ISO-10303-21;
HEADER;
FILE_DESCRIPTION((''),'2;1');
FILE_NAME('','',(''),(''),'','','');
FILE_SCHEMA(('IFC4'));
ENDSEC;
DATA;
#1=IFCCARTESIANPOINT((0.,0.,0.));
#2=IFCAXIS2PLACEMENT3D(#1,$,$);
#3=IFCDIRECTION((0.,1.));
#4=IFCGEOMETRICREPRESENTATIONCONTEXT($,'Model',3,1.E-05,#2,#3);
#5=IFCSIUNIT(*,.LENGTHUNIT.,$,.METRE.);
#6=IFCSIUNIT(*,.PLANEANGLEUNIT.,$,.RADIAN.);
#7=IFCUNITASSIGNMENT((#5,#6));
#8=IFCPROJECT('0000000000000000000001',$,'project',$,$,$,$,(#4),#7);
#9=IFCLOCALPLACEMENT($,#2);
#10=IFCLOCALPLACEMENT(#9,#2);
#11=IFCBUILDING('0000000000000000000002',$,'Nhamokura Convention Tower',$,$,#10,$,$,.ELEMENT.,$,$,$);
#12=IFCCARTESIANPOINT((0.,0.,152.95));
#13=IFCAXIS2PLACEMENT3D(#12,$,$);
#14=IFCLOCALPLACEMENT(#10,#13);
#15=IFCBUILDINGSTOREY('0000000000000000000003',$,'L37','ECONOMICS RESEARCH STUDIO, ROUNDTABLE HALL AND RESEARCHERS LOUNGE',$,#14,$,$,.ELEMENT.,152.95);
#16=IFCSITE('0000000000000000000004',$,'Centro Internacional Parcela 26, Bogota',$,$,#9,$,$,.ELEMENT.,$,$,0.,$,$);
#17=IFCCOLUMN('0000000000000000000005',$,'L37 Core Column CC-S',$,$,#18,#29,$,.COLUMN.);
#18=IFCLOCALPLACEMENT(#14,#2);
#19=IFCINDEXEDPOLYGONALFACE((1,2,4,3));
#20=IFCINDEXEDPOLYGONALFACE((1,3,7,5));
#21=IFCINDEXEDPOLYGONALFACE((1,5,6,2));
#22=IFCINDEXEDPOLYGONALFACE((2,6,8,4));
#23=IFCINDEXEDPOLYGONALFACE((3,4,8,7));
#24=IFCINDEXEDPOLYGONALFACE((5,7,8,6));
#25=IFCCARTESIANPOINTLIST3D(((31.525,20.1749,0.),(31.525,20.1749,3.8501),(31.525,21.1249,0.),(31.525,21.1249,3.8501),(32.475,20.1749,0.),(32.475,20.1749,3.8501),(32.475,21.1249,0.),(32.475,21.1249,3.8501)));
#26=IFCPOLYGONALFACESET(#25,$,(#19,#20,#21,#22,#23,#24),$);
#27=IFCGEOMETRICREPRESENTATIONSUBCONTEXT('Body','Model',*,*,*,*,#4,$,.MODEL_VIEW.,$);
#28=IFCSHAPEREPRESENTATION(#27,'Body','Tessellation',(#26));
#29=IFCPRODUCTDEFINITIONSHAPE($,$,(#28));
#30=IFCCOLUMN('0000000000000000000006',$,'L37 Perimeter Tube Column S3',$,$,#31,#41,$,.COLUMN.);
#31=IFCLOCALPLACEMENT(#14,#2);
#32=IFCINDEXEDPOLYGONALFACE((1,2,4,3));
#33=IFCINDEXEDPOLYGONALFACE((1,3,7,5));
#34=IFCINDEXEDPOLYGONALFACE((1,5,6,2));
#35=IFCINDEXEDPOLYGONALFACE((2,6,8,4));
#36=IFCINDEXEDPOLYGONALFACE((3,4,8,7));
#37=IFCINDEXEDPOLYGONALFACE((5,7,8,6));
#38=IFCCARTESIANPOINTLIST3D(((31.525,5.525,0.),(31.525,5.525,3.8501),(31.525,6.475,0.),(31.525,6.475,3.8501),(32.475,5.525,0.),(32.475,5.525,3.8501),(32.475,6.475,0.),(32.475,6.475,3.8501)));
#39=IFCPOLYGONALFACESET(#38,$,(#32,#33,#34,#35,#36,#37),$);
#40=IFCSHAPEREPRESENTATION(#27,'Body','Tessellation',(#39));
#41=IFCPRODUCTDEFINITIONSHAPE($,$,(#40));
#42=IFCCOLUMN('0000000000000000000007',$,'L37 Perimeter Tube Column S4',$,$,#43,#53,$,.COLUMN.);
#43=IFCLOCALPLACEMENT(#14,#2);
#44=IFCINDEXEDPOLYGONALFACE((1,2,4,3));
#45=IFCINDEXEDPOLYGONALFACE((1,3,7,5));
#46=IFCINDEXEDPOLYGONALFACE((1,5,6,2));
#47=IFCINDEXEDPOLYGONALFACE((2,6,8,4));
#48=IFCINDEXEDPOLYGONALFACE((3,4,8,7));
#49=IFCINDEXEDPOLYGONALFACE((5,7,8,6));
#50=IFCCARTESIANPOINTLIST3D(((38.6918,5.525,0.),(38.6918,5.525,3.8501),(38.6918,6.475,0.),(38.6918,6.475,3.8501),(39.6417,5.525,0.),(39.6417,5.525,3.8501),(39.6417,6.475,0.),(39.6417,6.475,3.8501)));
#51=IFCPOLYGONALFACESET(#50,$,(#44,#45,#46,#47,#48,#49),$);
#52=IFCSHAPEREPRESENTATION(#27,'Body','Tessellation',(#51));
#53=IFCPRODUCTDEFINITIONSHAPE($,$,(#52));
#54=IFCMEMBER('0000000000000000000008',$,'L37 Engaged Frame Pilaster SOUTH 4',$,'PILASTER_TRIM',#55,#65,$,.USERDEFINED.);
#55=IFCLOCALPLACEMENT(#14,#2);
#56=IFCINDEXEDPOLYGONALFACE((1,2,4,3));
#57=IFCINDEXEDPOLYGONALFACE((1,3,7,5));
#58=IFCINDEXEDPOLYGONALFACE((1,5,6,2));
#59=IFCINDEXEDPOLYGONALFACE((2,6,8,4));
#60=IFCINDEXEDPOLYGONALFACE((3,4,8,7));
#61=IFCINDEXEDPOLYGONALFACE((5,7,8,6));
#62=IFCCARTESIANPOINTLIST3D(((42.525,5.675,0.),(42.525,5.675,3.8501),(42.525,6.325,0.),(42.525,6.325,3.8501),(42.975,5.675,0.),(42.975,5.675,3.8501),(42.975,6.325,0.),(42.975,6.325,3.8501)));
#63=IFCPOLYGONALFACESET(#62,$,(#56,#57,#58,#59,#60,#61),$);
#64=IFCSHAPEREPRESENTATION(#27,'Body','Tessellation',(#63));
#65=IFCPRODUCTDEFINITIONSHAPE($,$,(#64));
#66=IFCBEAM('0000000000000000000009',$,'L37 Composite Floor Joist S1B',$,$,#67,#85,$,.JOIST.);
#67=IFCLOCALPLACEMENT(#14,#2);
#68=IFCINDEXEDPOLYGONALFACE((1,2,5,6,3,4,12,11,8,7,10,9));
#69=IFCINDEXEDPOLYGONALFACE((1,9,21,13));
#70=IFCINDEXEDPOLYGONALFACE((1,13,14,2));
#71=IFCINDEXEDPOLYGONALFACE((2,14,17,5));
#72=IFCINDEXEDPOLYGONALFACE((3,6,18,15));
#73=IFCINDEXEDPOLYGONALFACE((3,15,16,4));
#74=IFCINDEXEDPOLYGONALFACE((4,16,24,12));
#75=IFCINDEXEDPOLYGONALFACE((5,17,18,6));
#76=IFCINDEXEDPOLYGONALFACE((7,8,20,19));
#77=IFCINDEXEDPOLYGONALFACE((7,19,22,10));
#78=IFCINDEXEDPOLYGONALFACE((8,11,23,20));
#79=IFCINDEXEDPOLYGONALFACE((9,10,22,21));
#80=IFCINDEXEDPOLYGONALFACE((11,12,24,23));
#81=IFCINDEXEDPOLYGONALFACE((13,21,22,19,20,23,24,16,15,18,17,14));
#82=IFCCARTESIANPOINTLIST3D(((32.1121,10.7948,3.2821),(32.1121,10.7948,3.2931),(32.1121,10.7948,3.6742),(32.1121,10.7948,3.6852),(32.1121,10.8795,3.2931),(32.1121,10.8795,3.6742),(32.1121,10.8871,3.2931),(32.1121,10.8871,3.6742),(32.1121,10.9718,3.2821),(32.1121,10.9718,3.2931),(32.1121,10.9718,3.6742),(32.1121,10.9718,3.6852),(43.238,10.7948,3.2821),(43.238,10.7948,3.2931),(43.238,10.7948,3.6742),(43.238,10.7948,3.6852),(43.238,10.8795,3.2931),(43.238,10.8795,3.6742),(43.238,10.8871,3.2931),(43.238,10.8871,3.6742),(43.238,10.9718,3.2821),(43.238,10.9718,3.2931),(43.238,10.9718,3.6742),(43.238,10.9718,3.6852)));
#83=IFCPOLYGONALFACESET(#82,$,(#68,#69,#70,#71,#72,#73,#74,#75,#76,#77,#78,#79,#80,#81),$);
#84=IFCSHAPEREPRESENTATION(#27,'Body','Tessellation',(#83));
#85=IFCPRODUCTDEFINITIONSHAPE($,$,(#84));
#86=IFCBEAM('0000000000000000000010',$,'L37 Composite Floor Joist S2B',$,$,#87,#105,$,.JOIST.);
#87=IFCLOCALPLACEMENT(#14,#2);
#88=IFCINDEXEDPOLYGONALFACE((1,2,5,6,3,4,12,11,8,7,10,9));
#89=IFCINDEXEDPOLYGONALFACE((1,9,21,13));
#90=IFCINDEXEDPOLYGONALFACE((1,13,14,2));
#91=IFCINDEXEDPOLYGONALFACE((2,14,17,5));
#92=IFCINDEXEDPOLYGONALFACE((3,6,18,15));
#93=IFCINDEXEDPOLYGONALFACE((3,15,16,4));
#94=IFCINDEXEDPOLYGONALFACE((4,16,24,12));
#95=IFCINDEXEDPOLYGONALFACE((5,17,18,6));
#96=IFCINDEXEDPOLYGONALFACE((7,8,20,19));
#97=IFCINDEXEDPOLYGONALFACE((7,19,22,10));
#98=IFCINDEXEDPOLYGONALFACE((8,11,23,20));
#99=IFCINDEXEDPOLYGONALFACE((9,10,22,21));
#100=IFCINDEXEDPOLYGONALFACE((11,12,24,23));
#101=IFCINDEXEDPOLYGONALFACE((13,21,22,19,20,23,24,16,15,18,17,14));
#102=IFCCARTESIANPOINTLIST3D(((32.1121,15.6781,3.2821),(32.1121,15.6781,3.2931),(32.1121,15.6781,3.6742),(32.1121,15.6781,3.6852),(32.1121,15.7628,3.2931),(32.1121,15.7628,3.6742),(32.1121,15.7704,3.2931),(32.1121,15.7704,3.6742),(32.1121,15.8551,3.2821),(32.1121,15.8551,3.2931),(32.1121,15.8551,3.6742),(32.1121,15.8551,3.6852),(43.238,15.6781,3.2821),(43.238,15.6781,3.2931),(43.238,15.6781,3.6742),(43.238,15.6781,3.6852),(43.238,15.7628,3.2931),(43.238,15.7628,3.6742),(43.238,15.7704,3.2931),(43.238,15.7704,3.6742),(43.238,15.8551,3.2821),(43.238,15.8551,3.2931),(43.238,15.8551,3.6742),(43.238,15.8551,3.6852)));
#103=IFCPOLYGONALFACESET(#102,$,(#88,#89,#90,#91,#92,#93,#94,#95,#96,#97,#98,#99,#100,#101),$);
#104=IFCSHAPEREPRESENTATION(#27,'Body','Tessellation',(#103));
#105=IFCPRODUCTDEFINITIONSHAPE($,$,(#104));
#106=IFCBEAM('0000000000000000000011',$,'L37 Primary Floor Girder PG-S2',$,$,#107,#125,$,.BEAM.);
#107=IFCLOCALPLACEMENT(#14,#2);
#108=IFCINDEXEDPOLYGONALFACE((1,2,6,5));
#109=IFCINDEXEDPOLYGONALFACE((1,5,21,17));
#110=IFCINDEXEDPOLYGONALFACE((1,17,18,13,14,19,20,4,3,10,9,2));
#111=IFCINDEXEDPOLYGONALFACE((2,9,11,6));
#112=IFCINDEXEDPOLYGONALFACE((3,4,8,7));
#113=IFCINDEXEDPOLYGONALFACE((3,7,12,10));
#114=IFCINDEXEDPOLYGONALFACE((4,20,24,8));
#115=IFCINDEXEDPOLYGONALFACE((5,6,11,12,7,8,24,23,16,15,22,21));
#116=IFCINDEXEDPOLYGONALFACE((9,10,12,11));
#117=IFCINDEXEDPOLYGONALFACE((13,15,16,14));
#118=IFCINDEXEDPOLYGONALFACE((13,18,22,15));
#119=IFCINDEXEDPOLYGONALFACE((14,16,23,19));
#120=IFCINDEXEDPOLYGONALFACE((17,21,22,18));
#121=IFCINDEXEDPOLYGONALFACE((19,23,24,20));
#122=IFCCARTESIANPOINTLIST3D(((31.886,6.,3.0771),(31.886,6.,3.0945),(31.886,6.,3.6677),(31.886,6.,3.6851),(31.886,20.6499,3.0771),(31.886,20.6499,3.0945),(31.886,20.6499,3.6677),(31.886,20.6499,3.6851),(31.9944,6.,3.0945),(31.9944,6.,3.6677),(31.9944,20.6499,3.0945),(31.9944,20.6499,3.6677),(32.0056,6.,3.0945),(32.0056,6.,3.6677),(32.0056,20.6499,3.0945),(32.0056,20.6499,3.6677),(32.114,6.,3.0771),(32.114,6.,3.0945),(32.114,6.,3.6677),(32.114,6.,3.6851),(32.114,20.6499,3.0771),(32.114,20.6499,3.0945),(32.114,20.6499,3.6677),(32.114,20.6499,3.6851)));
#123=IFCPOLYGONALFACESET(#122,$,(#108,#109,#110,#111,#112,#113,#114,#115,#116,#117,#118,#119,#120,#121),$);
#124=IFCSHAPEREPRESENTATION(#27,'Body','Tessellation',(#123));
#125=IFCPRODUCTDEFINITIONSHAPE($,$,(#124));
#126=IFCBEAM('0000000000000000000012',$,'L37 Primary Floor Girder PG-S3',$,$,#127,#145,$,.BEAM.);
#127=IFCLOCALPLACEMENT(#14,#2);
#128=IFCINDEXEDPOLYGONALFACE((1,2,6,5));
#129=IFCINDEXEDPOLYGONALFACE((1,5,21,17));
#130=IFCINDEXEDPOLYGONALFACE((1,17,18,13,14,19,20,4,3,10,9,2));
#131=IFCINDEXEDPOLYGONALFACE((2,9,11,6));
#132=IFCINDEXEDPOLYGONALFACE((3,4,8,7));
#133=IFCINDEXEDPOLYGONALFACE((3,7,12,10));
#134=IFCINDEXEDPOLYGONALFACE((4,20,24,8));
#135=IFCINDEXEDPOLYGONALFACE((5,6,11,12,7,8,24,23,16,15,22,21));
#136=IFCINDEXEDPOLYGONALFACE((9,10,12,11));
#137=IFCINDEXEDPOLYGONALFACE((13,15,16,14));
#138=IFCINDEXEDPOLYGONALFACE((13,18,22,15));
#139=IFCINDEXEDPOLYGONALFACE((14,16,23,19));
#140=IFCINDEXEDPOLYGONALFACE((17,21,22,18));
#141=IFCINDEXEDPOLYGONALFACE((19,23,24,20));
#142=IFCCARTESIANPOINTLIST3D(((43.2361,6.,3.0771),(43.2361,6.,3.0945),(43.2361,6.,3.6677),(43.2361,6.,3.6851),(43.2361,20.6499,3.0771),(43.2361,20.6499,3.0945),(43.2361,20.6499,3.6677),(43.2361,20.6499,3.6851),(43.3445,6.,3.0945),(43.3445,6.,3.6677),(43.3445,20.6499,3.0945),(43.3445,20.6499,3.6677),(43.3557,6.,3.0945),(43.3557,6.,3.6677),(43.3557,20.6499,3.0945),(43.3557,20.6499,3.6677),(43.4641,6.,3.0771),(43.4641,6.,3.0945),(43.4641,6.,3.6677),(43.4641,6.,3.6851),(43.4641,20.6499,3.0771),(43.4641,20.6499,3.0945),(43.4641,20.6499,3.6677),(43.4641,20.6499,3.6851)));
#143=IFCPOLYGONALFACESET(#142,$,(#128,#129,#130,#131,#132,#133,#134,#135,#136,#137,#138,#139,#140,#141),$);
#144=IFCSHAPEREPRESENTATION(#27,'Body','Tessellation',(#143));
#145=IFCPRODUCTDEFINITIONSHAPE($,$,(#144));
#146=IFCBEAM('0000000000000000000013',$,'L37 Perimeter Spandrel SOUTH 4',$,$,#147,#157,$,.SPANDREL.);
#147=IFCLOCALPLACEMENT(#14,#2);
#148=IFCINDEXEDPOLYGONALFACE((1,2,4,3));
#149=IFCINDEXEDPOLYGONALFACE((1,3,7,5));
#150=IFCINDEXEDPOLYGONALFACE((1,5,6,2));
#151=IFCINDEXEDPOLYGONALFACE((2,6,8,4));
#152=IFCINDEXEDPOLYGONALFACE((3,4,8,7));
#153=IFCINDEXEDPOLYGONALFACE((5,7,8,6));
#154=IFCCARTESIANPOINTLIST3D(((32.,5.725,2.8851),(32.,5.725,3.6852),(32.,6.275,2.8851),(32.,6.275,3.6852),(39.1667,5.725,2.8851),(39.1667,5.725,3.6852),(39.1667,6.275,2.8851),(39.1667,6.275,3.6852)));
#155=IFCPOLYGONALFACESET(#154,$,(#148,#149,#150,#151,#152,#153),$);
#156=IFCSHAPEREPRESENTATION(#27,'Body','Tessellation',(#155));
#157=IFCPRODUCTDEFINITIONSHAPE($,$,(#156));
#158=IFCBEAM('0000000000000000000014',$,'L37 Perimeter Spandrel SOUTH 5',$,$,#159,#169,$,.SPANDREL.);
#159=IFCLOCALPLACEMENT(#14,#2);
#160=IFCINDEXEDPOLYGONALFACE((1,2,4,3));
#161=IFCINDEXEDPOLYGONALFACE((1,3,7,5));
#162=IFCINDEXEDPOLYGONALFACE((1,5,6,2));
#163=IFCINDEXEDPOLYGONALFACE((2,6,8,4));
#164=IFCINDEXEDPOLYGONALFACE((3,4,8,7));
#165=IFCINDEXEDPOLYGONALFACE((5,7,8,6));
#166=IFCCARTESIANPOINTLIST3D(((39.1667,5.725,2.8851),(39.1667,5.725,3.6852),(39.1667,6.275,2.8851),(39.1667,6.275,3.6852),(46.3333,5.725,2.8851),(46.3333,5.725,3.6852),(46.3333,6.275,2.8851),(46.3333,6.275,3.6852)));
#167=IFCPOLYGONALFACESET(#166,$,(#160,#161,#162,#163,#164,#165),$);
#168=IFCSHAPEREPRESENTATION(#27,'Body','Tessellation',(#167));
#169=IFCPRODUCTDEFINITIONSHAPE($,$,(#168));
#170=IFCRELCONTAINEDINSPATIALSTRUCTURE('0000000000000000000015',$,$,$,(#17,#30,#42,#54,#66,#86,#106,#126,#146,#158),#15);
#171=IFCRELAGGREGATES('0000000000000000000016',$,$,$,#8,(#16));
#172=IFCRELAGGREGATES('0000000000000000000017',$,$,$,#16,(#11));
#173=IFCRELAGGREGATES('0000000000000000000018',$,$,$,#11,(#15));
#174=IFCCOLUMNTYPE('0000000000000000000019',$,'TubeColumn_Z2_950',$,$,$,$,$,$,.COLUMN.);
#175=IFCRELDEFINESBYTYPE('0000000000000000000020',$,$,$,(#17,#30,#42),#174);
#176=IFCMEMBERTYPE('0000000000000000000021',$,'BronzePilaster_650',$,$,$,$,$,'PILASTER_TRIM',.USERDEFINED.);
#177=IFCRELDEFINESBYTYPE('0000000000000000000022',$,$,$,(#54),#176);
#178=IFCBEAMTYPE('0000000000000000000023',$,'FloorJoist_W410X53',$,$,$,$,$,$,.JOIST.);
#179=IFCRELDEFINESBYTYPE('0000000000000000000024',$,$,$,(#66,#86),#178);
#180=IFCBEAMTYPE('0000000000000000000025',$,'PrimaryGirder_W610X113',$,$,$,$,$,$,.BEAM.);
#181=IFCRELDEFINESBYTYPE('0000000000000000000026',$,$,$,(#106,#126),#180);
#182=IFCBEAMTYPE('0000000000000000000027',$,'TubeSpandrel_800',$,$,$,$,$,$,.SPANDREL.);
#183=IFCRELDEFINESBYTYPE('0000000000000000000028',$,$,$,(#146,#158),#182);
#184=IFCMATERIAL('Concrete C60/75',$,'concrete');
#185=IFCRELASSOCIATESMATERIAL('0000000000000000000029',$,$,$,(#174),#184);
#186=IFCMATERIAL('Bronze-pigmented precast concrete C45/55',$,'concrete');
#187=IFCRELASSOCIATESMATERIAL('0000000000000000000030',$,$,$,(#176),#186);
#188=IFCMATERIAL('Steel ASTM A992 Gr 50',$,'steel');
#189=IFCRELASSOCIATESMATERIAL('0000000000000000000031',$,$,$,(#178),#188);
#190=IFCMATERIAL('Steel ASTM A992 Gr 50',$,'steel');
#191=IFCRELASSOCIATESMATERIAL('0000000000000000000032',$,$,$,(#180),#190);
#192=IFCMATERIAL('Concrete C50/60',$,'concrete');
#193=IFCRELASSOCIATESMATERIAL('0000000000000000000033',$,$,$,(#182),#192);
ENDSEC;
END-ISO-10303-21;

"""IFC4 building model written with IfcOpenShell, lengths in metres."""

from ifc_helpers import new_model, si_unit, direction, frame, origin, origin_2d, place, context, subcontext, project, spatial, rectangle, i_section, extrude, material, material_profile, profile_set, type_object, element, save


model = new_model("IFC4")

# Units and contexts
model_context = context("Model", 3, precision=1e-05, world=origin(), true_north=direction((0.0, 1.0)))
body_context = subcontext(model_context, "Body", "Model", "MODEL_VIEW")
ifc_project = project(units=[si_unit("LENGTHUNIT", "METRE"), si_unit("PLANEANGLEUNIT", "RADIAN")], contexts=[model_context])

# Site, building, storey
site_placement = place(None, origin())
site = spatial("IfcSite", under=ifc_project, at=site_placement, Name="Centro Internacional Parcela 26, Bogota", CompositionType="ELEMENT", RefElevation=0.0)
building_placement = place(site_placement, origin())
building = spatial("IfcBuilding", under=site, at=building_placement, Name="Nhamokura Convention Tower", CompositionType="ELEMENT")
storey_placement = place(building_placement, frame((0.0, 0.0, 152.95)))
storey = spatial("IfcBuildingStorey", under=building, at=storey_placement, Name="L37", Description="ECONOMICS RESEARCH STUDIO, ROUNDTABLE HALL AND RESEARCHERS LOUNGE", CompositionType="ELEMENT", Elevation=152.95)

# Columns
ifc_material_1 = material(Name="Concrete C60/75", Category="concrete")
ifc_material_profile_1 = material_profile(ifc_material_1, rectangle(XDim=0.95, YDim=0.95, at=origin_2d()))
ifc_profile_set_1 = profile_set([ifc_material_profile_1], Name="Concrete C60/75")
column_type = type_object("IfcColumnType", Name="TubeColumn_Z2_950", PredefinedType="COLUMN", material=ifc_profile_set_1)
for number, where, z_axis, x_axis, name in (
    (1, (32.0, 20.6499, 0.0), (0.0, 0.0, 1.0), (1.0, 0.0, 0.0), "L37 Core Column CC-S"),
    (2, (32.0, 6.0, 0.0), (0.0, 0.0, 1.0), (1.0, 0.0, 0.0), "L37 Perimeter Tube Column S3"),
    (3, (39.1667, 6.0, 0.0), (0.0, 0.0, 1.0), (1.0, 0.0, 0.0), "L37 Perimeter Tube Column S4"),
):
    element("IfcColumn", number, at=place(storey_placement, frame(where, z_axis=z_axis, x_axis=x_axis)), inside=storey, type_object=column_type, Name=name, PredefinedType="COLUMN", context=body_context, shape_type="SweptSolid", body=[
        extrude(rectangle(XDim=0.95, YDim=0.95, at=origin_2d()), origin(), (0.0, 0.0, 1.0), 3.8501),
    ])

# Member
ifc_material_2 = material(Name="Bronze-pigmented precast concrete C45/55", Category="concrete")
ifc_material_profile_2 = material_profile(ifc_material_2, rectangle(XDim=0.45, YDim=0.6499, at=origin_2d()))
ifc_profile_set_2 = profile_set([ifc_material_profile_2], Name="Bronze-pigmented precast concrete C45/55")
member_type = type_object("IfcMemberType", Name="BronzePilaster_650", ElementType="PILASTER_TRIM", PredefinedType="USERDEFINED", material=ifc_profile_set_2)
member_placement = place(storey_placement, frame((42.75, 6.0, 0.0), z_axis=(0.0, 0.0, 1.0), x_axis=(1.0, 0.0, 0.0)))
element("IfcMember", 4, at=member_placement, inside=storey, type_object=member_type, Name="L37 Engaged Frame Pilaster SOUTH 4", ObjectType="PILASTER_TRIM", PredefinedType="USERDEFINED", context=body_context, shape_type="SweptSolid", body=[
    extrude(rectangle(XDim=0.45, YDim=0.6499, at=origin_2d()), origin(), (0.0, 0.0, 1.0), 3.8501),
])

# Beams
ifc_material_3 = material(Name="Steel ASTM A992 Gr 50", Category="steel")
ifc_material_profile_3 = material_profile(ifc_material_3, i_section(OverallWidth=0.177, OverallDepth=0.4031, WebThickness=0.0076, FlangeThickness=0.011, at=origin_2d()))
ifc_profile_set_3 = profile_set([ifc_material_profile_3], Name="Steel ASTM A992 Gr 50")
beam_type_1 = type_object("IfcBeamType", Name="FloorJoist_W410X53", PredefinedType="JOIST", material=ifc_profile_set_3)
for number, where, z_axis, x_axis, name in (
    (5, (32.1121, 10.8833, 3.4836), (1.0, 0.0, 0.0), (0.0, 1.0, 0.0), "L37 Composite Floor Joist S1B"),
    (6, (32.1121, 15.7666, 3.4836), (1.0, 0.0, 0.0), (0.0, 1.0, 0.0), "L37 Composite Floor Joist S2B"),
):
    element("IfcBeam", number, at=place(storey_placement, frame(where, z_axis=z_axis, x_axis=x_axis)), inside=storey, type_object=beam_type_1, Name=name, PredefinedType="JOIST", context=body_context, shape_type="SweptSolid", body=[
        extrude(i_section(OverallWidth=0.177, OverallDepth=0.4031, WebThickness=0.0076, FlangeThickness=0.011, at=origin_2d()), origin(), (0.0, 0.0, 1.0), 11.126),
    ])
ifc_material_4 = material(Name="Steel ASTM A992 Gr 50", Category="steel")
ifc_material_profile_4 = material_profile(ifc_material_4, i_section(OverallWidth=0.228, OverallDepth=0.6079, WebThickness=0.0112, FlangeThickness=0.0173, at=origin_2d()))
ifc_profile_set_4 = profile_set([ifc_material_profile_4], Name="Steel ASTM A992 Gr 50")
beam_type_2 = type_object("IfcBeamType", Name="PrimaryGirder_W610X113", PredefinedType="BEAM", material=ifc_profile_set_4)
for number, where, z_axis, x_axis, name in (
    (7, (32.0, 6.0, 3.3811), (0.0, 1.0, 0.0), (-1.0, 0.0, 0.0), "L37 Primary Floor Girder PG-S2"),
    (8, (43.3501, 6.0, 3.3811), (0.0, 1.0, 0.0), (-1.0, 0.0, 0.0), "L37 Primary Floor Girder PG-S3"),
):
    element("IfcBeam", number, at=place(storey_placement, frame(where, z_axis=z_axis, x_axis=x_axis)), inside=storey, type_object=beam_type_2, Name=name, PredefinedType="BEAM", context=body_context, shape_type="SweptSolid", body=[
        extrude(i_section(OverallWidth=0.228, OverallDepth=0.6079, WebThickness=0.0112, FlangeThickness=0.0173, at=origin_2d()), origin(), (0.0, 0.0, 1.0), 14.6499),
    ])
ifc_material_5 = material(Name="Concrete C50/60", Category="concrete")
ifc_material_profile_5 = material_profile(ifc_material_5, rectangle(XDim=0.55, YDim=0.8, at=origin_2d()))
ifc_profile_set_5 = profile_set([ifc_material_profile_5], Name="Concrete C50/60")
beam_type_3 = type_object("IfcBeamType", Name="TubeSpandrel_800", PredefinedType="SPANDREL", material=ifc_profile_set_5)
beam_1_placement = place(storey_placement, frame((32.0, 6.0, 3.2852), z_axis=(1.0, 0.0, 0.0), x_axis=(0.0, 1.0, 0.0)))
element("IfcBeam", 9, at=beam_1_placement, inside=storey, type_object=beam_type_3, Name="L37 Perimeter Spandrel SOUTH 4", PredefinedType="SPANDREL", context=body_context, shape_type="SweptSolid", body=[
    extrude(rectangle(XDim=0.55, YDim=0.8, at=origin_2d()), origin(), (0.0, 0.0, 1.0), 7.1667),
])
beam_2_placement = place(storey_placement, frame((39.1667, 6.0, 3.2852), z_axis=(1.0, 0.0, 0.0), x_axis=(0.0, 1.0, 0.0)))
element("IfcBeam", 10, at=beam_2_placement, inside=storey, type_object=beam_type_3, Name="L37 Perimeter Spandrel SOUTH 5", PredefinedType="SPANDREL", context=body_context, shape_type="SweptSolid", body=[
    extrude(rectangle(XDim=0.55, YDim=0.8, at=origin_2d()), origin(), (0.0, 0.0, 1.0), 7.1665),
])

save(model, "model.ifc")
